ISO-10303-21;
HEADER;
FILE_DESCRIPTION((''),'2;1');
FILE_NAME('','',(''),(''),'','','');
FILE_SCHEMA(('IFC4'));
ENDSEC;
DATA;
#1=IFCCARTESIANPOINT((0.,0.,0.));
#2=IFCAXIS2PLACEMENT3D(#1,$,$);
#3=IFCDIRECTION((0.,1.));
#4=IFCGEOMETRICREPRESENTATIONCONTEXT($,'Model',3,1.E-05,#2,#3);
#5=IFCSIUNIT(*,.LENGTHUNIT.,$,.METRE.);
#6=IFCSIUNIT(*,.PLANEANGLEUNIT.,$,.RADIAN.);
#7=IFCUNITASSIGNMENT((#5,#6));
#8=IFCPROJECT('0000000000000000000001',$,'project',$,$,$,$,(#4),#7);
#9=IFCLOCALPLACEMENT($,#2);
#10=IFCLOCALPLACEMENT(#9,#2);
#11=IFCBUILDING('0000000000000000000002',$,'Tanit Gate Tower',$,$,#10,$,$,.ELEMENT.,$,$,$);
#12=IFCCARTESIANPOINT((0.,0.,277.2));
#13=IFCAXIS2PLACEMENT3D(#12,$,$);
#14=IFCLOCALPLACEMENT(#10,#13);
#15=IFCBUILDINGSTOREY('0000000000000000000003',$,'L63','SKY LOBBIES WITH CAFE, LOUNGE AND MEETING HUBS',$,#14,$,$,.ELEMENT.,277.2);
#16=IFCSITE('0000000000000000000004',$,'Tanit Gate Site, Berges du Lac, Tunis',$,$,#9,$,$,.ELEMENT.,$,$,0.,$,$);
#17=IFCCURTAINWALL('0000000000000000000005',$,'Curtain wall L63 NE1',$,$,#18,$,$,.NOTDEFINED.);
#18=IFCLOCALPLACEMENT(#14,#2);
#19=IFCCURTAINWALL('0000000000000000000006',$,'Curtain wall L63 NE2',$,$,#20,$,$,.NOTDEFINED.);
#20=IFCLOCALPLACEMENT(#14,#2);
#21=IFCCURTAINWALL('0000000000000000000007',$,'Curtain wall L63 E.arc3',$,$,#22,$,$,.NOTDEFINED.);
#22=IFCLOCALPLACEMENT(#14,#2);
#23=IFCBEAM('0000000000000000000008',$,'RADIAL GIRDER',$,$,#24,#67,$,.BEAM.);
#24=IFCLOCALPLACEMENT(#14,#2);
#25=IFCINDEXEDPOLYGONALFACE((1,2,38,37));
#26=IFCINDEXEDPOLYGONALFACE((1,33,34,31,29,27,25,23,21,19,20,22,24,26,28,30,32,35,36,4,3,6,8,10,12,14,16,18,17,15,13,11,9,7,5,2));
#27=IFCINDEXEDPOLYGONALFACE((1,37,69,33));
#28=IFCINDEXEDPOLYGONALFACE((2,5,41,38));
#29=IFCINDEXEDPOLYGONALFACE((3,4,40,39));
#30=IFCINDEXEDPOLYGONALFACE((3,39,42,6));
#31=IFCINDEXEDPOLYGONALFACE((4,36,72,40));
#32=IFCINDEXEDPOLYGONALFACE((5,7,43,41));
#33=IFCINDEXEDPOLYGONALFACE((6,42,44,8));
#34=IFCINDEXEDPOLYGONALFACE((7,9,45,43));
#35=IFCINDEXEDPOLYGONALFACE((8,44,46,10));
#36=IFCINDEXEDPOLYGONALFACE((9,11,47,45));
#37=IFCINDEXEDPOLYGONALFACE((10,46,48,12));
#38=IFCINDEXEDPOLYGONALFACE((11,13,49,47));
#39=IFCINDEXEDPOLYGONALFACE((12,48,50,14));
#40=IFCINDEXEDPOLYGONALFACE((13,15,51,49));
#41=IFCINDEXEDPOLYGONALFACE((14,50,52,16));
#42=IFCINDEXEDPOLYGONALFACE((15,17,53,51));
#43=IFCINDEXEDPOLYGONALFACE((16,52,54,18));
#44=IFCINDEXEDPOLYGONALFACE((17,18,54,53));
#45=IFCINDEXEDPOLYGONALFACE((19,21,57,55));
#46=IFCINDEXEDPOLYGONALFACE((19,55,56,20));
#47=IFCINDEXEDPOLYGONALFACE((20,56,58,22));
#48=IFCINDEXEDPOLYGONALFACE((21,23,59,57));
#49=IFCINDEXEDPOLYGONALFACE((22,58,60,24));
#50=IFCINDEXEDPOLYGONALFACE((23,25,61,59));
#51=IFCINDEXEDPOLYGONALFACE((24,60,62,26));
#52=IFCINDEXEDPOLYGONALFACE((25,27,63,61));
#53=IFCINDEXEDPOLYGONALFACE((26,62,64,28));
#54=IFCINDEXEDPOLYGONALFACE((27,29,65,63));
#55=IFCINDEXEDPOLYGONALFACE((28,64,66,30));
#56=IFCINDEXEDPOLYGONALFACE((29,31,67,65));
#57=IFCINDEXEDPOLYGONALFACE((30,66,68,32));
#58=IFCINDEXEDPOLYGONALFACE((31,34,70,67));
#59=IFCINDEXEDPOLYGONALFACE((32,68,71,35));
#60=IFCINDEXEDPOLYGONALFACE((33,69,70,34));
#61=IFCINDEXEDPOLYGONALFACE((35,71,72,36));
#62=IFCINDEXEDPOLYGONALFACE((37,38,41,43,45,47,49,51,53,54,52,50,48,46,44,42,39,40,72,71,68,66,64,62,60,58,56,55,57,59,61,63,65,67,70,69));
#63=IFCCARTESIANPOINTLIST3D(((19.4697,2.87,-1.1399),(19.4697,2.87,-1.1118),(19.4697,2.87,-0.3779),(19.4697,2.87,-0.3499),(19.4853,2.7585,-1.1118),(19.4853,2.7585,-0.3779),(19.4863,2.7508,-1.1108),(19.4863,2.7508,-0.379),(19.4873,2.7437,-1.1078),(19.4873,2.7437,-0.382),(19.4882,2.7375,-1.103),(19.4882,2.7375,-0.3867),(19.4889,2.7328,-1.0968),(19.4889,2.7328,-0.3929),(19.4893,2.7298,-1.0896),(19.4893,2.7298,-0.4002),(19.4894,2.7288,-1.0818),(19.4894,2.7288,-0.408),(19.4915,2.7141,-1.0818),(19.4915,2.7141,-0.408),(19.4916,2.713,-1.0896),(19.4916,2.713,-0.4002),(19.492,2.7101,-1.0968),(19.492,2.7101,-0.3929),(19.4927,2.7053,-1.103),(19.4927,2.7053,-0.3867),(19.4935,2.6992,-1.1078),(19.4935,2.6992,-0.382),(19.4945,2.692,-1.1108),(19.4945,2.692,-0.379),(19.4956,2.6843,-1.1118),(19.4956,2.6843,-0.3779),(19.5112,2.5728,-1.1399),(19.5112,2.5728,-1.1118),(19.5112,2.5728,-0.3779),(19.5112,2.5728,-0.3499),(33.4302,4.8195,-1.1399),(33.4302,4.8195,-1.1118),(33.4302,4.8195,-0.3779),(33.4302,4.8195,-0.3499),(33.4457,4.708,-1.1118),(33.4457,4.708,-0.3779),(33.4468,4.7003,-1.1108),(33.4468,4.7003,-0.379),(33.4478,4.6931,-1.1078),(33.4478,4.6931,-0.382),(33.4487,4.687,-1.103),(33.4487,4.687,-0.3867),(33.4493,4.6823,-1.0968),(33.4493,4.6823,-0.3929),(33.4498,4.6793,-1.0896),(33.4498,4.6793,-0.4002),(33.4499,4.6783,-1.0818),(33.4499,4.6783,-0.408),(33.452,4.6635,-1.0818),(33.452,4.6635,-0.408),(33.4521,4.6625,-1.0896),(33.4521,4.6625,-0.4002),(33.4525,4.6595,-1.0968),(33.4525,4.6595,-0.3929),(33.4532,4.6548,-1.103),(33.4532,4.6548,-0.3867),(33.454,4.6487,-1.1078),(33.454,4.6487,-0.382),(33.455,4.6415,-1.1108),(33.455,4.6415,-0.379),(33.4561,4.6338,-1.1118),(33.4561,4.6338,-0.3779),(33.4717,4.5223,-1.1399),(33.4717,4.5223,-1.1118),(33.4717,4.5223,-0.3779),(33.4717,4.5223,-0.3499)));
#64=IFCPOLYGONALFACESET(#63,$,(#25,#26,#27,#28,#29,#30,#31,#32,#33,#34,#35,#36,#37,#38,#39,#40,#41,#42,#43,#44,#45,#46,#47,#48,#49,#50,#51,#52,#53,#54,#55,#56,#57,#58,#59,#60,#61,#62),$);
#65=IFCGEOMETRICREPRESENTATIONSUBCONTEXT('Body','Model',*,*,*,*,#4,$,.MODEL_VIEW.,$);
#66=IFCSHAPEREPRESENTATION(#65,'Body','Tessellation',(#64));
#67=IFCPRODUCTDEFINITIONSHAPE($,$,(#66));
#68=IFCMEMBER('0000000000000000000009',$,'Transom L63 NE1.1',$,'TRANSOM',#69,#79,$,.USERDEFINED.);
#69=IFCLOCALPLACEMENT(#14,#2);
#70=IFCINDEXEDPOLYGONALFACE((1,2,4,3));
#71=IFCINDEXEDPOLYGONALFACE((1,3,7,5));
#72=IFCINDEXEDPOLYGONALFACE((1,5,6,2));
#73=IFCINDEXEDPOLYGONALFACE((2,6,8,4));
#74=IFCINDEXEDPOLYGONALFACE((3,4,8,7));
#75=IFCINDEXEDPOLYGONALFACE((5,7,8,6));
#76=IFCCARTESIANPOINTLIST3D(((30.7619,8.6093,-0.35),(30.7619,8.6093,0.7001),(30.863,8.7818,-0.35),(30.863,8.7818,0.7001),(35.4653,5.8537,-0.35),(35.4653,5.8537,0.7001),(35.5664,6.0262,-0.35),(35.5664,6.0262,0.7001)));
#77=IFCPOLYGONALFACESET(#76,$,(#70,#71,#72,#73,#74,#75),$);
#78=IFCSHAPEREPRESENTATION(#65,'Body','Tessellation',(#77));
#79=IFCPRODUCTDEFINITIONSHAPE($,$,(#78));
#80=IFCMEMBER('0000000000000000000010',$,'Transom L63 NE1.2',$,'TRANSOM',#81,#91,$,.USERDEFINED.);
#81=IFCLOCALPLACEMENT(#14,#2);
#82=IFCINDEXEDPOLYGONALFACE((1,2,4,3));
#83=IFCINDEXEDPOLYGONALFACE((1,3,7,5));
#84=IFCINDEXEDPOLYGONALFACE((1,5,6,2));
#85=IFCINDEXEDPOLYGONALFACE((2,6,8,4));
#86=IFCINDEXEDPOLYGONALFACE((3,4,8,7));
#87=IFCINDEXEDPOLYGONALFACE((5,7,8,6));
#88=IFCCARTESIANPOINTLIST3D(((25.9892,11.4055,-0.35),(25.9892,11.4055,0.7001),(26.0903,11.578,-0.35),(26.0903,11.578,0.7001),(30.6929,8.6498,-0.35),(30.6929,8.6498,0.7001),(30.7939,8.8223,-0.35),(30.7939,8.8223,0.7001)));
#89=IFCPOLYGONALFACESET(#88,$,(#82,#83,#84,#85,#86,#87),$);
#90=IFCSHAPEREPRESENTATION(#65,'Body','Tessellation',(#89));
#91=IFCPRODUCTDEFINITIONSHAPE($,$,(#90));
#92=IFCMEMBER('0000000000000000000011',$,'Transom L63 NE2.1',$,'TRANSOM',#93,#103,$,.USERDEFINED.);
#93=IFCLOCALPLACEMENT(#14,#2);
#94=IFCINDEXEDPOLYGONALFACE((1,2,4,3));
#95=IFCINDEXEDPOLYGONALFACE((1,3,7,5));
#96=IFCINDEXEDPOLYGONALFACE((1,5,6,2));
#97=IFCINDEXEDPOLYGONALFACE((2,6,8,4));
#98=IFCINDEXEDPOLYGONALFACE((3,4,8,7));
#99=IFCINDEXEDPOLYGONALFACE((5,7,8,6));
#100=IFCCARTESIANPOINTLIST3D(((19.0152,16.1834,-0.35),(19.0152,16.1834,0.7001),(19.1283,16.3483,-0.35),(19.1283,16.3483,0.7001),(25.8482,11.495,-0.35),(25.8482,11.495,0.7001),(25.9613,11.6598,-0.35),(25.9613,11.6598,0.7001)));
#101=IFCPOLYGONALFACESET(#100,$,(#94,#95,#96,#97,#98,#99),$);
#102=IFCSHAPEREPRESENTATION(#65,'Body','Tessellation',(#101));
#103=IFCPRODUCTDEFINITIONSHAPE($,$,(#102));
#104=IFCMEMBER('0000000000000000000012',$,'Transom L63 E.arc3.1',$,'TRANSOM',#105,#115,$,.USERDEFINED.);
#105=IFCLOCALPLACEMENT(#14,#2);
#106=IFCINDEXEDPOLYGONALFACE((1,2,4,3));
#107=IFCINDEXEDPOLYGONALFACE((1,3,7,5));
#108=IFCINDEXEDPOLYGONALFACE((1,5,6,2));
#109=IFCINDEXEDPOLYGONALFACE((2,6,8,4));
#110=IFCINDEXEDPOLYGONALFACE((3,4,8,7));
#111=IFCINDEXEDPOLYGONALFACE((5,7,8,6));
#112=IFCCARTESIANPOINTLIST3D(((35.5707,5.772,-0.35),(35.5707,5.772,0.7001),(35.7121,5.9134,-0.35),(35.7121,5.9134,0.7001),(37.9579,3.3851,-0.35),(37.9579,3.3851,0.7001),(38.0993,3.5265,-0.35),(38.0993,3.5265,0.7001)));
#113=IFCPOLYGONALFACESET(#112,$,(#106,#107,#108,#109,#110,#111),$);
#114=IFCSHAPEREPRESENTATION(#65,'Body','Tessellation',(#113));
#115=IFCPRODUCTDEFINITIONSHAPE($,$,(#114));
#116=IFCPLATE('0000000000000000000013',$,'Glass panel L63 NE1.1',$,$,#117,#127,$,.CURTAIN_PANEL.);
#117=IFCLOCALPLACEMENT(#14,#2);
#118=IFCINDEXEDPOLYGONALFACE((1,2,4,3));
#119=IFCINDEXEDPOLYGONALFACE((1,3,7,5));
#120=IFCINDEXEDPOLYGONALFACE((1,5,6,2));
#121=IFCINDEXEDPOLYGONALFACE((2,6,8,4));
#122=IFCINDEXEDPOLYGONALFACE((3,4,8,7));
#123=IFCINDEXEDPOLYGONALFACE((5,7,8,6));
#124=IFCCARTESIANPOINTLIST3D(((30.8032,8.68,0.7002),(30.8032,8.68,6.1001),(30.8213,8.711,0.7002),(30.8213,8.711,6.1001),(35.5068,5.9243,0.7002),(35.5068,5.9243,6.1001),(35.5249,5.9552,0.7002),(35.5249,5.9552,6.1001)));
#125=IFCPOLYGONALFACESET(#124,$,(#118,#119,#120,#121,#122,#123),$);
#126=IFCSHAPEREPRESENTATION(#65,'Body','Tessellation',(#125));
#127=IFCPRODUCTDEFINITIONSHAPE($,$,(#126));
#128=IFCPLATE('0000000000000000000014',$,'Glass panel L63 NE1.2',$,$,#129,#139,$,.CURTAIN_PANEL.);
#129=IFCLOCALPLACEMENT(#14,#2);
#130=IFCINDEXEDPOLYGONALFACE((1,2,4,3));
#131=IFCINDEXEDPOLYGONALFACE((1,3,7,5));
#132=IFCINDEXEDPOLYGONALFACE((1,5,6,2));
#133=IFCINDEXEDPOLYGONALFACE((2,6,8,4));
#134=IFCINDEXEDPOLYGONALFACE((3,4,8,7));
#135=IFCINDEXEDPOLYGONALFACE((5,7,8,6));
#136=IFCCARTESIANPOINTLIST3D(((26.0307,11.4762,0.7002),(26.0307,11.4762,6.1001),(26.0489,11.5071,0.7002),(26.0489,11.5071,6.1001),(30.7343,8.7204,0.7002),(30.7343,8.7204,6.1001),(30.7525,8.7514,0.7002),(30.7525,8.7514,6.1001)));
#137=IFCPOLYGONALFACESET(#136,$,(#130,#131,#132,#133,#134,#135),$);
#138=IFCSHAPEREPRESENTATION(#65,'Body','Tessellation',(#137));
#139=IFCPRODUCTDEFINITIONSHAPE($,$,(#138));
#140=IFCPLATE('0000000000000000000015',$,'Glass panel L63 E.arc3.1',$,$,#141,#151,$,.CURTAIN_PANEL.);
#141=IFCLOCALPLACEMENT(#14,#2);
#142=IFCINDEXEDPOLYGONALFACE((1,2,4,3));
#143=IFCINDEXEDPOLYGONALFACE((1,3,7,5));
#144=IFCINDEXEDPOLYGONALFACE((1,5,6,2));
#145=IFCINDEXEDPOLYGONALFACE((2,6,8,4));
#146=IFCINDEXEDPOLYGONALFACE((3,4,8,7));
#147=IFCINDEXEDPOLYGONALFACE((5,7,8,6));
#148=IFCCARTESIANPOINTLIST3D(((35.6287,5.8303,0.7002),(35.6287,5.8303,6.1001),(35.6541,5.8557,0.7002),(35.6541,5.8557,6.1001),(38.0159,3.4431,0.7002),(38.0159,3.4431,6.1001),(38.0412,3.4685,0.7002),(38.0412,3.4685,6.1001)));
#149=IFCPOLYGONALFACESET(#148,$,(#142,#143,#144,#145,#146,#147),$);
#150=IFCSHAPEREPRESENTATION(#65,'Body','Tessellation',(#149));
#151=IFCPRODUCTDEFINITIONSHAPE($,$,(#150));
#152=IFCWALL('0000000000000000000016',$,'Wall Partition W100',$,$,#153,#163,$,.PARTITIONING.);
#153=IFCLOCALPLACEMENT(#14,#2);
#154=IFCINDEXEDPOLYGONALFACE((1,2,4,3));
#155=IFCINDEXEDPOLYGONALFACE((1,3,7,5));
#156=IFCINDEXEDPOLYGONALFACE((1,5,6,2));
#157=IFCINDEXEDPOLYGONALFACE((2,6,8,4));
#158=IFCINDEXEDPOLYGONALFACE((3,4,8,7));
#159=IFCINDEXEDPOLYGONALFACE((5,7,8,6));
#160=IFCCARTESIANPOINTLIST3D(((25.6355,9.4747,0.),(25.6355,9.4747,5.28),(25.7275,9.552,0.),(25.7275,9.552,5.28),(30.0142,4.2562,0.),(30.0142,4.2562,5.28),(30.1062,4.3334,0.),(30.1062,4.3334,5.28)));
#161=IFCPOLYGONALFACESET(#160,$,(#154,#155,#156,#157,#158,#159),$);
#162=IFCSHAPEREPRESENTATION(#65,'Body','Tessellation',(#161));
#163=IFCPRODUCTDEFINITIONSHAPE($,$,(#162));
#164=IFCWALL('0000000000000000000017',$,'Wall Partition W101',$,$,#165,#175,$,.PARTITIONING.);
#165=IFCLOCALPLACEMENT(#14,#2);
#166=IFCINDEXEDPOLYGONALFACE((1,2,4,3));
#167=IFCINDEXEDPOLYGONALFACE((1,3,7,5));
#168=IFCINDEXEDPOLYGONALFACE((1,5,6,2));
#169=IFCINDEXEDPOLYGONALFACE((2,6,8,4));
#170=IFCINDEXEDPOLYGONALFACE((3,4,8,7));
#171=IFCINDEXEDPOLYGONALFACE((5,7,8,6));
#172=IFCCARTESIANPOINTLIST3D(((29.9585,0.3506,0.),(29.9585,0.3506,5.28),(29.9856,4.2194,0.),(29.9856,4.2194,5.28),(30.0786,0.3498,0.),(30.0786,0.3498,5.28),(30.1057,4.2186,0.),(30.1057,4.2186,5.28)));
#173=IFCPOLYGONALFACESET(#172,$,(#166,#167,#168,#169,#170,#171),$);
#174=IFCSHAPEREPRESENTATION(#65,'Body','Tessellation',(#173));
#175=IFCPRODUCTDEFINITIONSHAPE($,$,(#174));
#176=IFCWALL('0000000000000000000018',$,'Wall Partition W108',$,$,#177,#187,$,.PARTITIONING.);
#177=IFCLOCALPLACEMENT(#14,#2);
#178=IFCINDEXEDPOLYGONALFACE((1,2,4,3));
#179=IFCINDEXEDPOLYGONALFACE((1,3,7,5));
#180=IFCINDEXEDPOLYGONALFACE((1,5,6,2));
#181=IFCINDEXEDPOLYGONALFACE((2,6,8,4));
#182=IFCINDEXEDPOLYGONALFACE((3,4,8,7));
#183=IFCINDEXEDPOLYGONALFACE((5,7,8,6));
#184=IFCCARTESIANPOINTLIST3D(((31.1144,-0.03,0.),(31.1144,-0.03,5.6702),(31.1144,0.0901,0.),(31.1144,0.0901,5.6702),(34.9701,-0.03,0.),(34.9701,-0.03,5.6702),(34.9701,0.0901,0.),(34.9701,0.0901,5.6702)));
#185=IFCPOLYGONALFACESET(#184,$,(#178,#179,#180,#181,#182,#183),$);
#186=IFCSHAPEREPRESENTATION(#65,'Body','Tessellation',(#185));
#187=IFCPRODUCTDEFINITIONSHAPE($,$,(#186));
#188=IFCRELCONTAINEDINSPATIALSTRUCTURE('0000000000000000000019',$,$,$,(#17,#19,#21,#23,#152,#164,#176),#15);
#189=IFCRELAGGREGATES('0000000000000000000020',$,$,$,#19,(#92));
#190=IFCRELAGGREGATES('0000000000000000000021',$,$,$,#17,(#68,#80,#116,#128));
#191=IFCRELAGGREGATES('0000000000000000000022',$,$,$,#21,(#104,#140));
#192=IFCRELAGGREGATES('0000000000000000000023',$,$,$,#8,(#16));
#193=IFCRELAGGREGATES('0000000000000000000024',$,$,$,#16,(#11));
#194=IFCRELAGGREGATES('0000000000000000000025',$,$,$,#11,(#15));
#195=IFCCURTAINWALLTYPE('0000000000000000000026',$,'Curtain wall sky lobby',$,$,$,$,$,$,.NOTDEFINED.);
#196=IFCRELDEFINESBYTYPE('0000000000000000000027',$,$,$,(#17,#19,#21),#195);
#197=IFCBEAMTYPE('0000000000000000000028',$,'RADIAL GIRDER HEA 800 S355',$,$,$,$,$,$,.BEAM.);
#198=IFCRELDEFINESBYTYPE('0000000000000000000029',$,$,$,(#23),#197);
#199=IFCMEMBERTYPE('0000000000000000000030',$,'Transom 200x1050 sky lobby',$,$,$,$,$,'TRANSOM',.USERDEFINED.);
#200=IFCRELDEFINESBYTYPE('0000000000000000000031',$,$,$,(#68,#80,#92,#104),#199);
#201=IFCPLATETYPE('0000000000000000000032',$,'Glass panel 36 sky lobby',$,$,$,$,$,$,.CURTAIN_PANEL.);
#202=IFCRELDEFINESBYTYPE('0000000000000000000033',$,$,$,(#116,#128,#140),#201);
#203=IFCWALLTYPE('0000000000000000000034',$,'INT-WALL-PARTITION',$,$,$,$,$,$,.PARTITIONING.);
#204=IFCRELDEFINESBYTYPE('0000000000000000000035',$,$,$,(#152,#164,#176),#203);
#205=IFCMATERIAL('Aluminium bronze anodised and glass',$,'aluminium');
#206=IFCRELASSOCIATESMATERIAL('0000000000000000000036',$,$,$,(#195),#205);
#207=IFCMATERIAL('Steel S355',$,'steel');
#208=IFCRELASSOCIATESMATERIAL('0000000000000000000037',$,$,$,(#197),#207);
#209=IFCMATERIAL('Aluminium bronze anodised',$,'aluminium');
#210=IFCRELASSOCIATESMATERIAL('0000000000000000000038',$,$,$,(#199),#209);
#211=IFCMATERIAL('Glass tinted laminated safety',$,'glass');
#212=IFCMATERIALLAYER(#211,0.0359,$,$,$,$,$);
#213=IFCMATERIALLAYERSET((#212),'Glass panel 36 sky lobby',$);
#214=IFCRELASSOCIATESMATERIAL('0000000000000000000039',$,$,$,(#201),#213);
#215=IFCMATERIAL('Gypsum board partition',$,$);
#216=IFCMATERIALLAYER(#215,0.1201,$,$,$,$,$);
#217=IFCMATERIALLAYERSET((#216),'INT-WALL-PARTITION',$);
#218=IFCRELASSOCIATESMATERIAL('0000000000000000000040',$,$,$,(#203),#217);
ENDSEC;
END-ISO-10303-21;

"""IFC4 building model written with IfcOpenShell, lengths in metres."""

from ifc_helpers import new_model, si_unit, direction, frame, frame_2d, origin, origin_2d, place, context, subcontext, project, spatial, rectangle, i_section, extrude, material, layer, layer_set, material_profile, profile_set, type_object, element, aggregate, save


model = new_model("IFC4")

# Units and contexts
model_context = context("Model", 3, precision=1e-05, world=origin(), true_north=direction((0.0, 1.0)))
body_context = subcontext(model_context, "Body", "Model", "MODEL_VIEW")
ifc_project = project(units=[si_unit("LENGTHUNIT", "METRE"), si_unit("PLANEANGLEUNIT", "RADIAN")], contexts=[model_context])

# Site, building, storey
site_placement = place(None, origin())
site = spatial("IfcSite", under=ifc_project, at=site_placement, Name="Tanit Gate Site, Berges du Lac, Tunis", CompositionType="ELEMENT", RefElevation=0.0)
building_placement = place(site_placement, origin())
building = spatial("IfcBuilding", under=site, at=building_placement, Name="Tanit Gate Tower", CompositionType="ELEMENT")
storey_placement = place(building_placement, frame((0.0, 0.0, 277.2)))
storey = spatial("IfcBuildingStorey", under=building, at=storey_placement, Name="L63", Description="SKY LOBBIES WITH CAFE, LOUNGE AND MEETING HUBS", CompositionType="ELEMENT", Elevation=277.2)

# Curtain wall
ifc_material_1 = material(Name="Aluminium bronze anodised and glass", Category="aluminium")
curtain_wall_type = type_object("IfcCurtainWallType", Name="Curtain wall sky lobby", PredefinedType="NOTDEFINED", material=ifc_material_1)
curtain_wall_1_placement = place(storey_placement, origin())
curtain_wall_1 = element("IfcCurtainWall", 1, at=curtain_wall_1_placement, inside=storey, type_object=curtain_wall_type, Name="Curtain wall L63 NE1", PredefinedType="NOTDEFINED")

# Curtain wall
curtain_wall_2_placement = place(storey_placement, origin())
curtain_wall_2 = element("IfcCurtainWall", 2, at=curtain_wall_2_placement, inside=storey, type_object=curtain_wall_type, Name="Curtain wall L63 NE2", PredefinedType="NOTDEFINED")

# Curtain wall
curtain_wall_3_placement = place(storey_placement, origin())
curtain_wall_3 = element("IfcCurtainWall", 3, at=curtain_wall_3_placement, inside=storey, type_object=curtain_wall_type, Name="Curtain wall L63 E.arc3", PredefinedType="NOTDEFINED")

# Beam
ifc_material_2 = material(Name="Steel S355", Category="steel")
ifc_material_profile_1 = material_profile(ifc_material_2, i_section(OverallWidth=0.3, OverallDepth=0.79, WebThickness=0.0149, FlangeThickness=0.0281, FilletRadius=0.03, at=origin_2d()), Name="HEA 800")
ifc_profile_set_1 = profile_set([ifc_material_profile_1], Name="Steel S355")
beam_type_1 = type_object("IfcBeamType", Name="RADIAL GIRDER HEA 800 S355", PredefinedType="BEAM", material=ifc_profile_set_1)
beam_1_placement = place(storey_placement, frame((33.4509, 4.6709, -0.7449), z_axis=(-0.99039, -0.1383, 0.0), x_axis=(0.1383, -0.99039, 0.0)))
element("IfcBeam", 4, at=beam_1_placement, inside=storey, type_object=beam_type_1, Name="RADIAL GIRDER", PredefinedType="BEAM", context=body_context, shape_type="SweptSolid", body=[
    extrude(i_section(OverallWidth=0.3, OverallDepth=0.79, WebThickness=0.0149, FlangeThickness=0.0281, FilletRadius=0.03, at=origin_2d()), origin(), (0.0, 0.0, 1.0), 14.0959),
])

# Members
ifc_material_3 = material(Name="Aluminium bronze anodised", Category="aluminium")
ifc_material_profile_2 = material_profile(ifc_material_3, rectangle(XDim=0.2, YDim=1.05, at=origin_2d()), Name="200x1050 bronze transom")
ifc_profile_set_2 = profile_set([ifc_material_profile_2], Name="Aluminium bronze anodised")
member_type_1 = type_object("IfcMemberType", Name="Transom 200x1050 sky lobby", ElementType="TRANSOM", PredefinedType="USERDEFINED", material=ifc_profile_set_2)
member_1_placement = place(storey_placement, frame((35.5159, 5.9399, 0.175), z_axis=(-0.862821, 0.50551, 0.0), x_axis=(-0.50551, -0.862821, 0.0)))
member_1 = element("IfcMember", 5, at=member_1_placement, type_object=member_type_1, Name="Transom L63 NE1.1", ObjectType="TRANSOM", PredefinedType="USERDEFINED", context=body_context, shape_type="SweptSolid", body=[
    extrude(rectangle(XDim=0.2, YDim=1.05, at=origin_2d()), origin(), (0.0, 0.0, 1.0), 5.4512),
])
member_2_placement = place(storey_placement, frame((30.7434, 8.7361, 0.175), z_axis=(-0.862832, 0.505491, 0.0), x_axis=(-0.505491, -0.862832, 0.0)))
member_2 = element("IfcMember", 6, at=member_2_placement, type_object=member_type_1, Name="Transom L63 NE1.2", ObjectType="TRANSOM", PredefinedType="USERDEFINED", context=body_context, shape_type="SweptSolid", body=[
    extrude(rectangle(XDim=0.2, YDim=1.05, at=origin_2d()), origin(), (0.0, 0.0, 1.0), 5.4514),
])
member_3_placement = place(storey_placement, frame((25.9048, 11.5774, 0.175), z_axis=(-0.824561, 0.565773, 0.0), x_axis=(-0.565773, -0.824561, 0.0)))
member_3 = element("IfcMember", 7, at=member_3_placement, type_object=member_type_1, Name="Transom L63 NE2.1", ObjectType="TRANSOM", PredefinedType="USERDEFINED", context=body_context, shape_type="SweptSolid", body=[
    extrude(rectangle(XDim=0.2, YDim=1.05, at=origin_2d()), origin(), (0.0, 0.0, 1.0), 8.2869),
])
aggregate(curtain_wall_2, [member_3])
member_4_placement = place(storey_placement, frame((38.0286, 3.4558, 0.175), z_axis=(-0.707143, 0.707071, 0.0), x_axis=(-0.707071, -0.707143, 0.0)))
member_4 = element("IfcMember", 8, at=member_4_placement, type_object=member_type_1, Name="Transom L63 E.arc3.1", ObjectType="TRANSOM", PredefinedType="USERDEFINED", context=body_context, shape_type="SweptSolid", body=[
    extrude(rectangle(XDim=0.2, YDim=1.05, at=origin_2d()), origin(), (0.0, 0.0, 1.0), 3.3757),
])

# Plates
ifc_material_4 = material(Name="Glass tinted laminated safety", Category="glass")
ifc_layer_1 = layer(ifc_material_4, 0.0359)
ifc_layer_set_1 = layer_set([ifc_layer_1], Name="Glass panel 36 sky lobby")
plate_type = type_object("IfcPlateType", Name="Glass panel 36 sky lobby", PredefinedType="CURTAIN_PANEL", material=ifc_layer_set_1)
plate_1_placement = place(storey_placement, frame((33.1641, 7.3176, 0.7002), z_axis=(0.0, 0.0, 1.0), x_axis=(-0.862821, 0.50551, 0.0)))
plate_1 = element("IfcPlate", 9, at=plate_1_placement, type_object=plate_type, Name="Glass panel L63 NE1.1", PredefinedType="CURTAIN_PANEL", context=body_context, shape_type="SweptSolid", body=[
    extrude(rectangle(XDim=5.4514, YDim=0.0359, at=origin_2d()), origin(), (0.0, 0.0, 1.0), 5.3999),
])
plate_2_placement = place(storey_placement, frame((28.3916, 10.1138, 0.7002), z_axis=(0.0, 0.0, 1.0), x_axis=(-0.862821, 0.50551, 0.0)))
plate_2 = element("IfcPlate", 10, at=plate_2_placement, type_object=plate_type, Name="Glass panel L63 NE1.2", PredefinedType="CURTAIN_PANEL", context=body_context, shape_type="SweptSolid", body=[
    extrude(rectangle(XDim=5.4514, YDim=0.0359, at=origin_2d()), origin(), (0.0, 0.0, 1.0), 5.3999),
])
aggregate(curtain_wall_1, [member_1, member_2, plate_1, plate_2])
plate_3_placement = place(storey_placement, frame((36.835, 4.6494, 0.7002), z_axis=(0.0, 0.0, 1.0), x_axis=(-0.707107, 0.707107, 0.0)))
plate_3 = element("IfcPlate", 11, at=plate_3_placement, type_object=plate_type, Name="Glass panel L63 E.arc3.1", PredefinedType="CURTAIN_PANEL", context=body_context, shape_type="SweptSolid", body=[
    extrude(rectangle(XDim=3.376, YDim=0.0359, at=origin_2d()), origin(), (0.0, 0.0, 1.0), 5.3999),
])
aggregate(curtain_wall_3, [member_4, plate_3])

# Walls
ifc_material_5 = material(Name="Gypsum board partition")
ifc_layer_2 = layer(ifc_material_5, 0.1201)
ifc_layer_set_2 = layer_set([ifc_layer_2], Name="INT-WALL-PARTITION")
wall_type = type_object("IfcWallType", Name="INT-WALL-PARTITION", PredefinedType="PARTITIONING", material=ifc_layer_set_2)
wall_1_placement = place(storey_placement, frame((30.0603, 4.2947, 0.0), z_axis=(0.0, 0.0, 1.0), x_axis=(-0.642772, 0.766058, 0.0)))
element("IfcWall", 12, at=wall_1_placement, inside=storey, type_object=wall_type, Name="Wall Partition W100", PredefinedType="PARTITIONING", context=body_context, shape_type="SweptSolid", body=[
    extrude(rectangle(XDim=6.8123, YDim=0.1201, at=frame_2d((3.4062, 0.0))), origin(), (0.0, 0.0, 1.0), 5.28),
])
wall_2_placement = place(storey_placement, frame((30.0186, 0.3501, 0.0), z_axis=(0.0, 0.0, 1.0), x_axis=(0.007004, 0.999975, 0.0)))
element("IfcWall", 13, at=wall_2_placement, inside=storey, type_object=wall_type, Name="Wall Partition W101", PredefinedType="PARTITIONING", context=body_context, shape_type="SweptSolid", body=[
    extrude(rectangle(XDim=3.8689, YDim=0.1201, at=frame_2d((1.9346, 0.0))), origin(), (0.0, 0.0, 1.0), 5.28),
])
wall_3_placement = place(storey_placement, frame((31.1145, 0.03, 0.0), z_axis=(0.0, 0.0, 1.0), x_axis=(1.0, 0.0, 0.0)))
element("IfcWall", 14, at=wall_3_placement, inside=storey, type_object=wall_type, Name="Wall Partition W108", PredefinedType="PARTITIONING", context=body_context, shape_type="SweptSolid", body=[
    extrude(rectangle(XDim=3.8557, YDim=0.1201, at=frame_2d((1.9277, 0.0))), origin(), (0.0, 0.0, 1.0), 5.6702),
])

save(model, "model.ifc")
